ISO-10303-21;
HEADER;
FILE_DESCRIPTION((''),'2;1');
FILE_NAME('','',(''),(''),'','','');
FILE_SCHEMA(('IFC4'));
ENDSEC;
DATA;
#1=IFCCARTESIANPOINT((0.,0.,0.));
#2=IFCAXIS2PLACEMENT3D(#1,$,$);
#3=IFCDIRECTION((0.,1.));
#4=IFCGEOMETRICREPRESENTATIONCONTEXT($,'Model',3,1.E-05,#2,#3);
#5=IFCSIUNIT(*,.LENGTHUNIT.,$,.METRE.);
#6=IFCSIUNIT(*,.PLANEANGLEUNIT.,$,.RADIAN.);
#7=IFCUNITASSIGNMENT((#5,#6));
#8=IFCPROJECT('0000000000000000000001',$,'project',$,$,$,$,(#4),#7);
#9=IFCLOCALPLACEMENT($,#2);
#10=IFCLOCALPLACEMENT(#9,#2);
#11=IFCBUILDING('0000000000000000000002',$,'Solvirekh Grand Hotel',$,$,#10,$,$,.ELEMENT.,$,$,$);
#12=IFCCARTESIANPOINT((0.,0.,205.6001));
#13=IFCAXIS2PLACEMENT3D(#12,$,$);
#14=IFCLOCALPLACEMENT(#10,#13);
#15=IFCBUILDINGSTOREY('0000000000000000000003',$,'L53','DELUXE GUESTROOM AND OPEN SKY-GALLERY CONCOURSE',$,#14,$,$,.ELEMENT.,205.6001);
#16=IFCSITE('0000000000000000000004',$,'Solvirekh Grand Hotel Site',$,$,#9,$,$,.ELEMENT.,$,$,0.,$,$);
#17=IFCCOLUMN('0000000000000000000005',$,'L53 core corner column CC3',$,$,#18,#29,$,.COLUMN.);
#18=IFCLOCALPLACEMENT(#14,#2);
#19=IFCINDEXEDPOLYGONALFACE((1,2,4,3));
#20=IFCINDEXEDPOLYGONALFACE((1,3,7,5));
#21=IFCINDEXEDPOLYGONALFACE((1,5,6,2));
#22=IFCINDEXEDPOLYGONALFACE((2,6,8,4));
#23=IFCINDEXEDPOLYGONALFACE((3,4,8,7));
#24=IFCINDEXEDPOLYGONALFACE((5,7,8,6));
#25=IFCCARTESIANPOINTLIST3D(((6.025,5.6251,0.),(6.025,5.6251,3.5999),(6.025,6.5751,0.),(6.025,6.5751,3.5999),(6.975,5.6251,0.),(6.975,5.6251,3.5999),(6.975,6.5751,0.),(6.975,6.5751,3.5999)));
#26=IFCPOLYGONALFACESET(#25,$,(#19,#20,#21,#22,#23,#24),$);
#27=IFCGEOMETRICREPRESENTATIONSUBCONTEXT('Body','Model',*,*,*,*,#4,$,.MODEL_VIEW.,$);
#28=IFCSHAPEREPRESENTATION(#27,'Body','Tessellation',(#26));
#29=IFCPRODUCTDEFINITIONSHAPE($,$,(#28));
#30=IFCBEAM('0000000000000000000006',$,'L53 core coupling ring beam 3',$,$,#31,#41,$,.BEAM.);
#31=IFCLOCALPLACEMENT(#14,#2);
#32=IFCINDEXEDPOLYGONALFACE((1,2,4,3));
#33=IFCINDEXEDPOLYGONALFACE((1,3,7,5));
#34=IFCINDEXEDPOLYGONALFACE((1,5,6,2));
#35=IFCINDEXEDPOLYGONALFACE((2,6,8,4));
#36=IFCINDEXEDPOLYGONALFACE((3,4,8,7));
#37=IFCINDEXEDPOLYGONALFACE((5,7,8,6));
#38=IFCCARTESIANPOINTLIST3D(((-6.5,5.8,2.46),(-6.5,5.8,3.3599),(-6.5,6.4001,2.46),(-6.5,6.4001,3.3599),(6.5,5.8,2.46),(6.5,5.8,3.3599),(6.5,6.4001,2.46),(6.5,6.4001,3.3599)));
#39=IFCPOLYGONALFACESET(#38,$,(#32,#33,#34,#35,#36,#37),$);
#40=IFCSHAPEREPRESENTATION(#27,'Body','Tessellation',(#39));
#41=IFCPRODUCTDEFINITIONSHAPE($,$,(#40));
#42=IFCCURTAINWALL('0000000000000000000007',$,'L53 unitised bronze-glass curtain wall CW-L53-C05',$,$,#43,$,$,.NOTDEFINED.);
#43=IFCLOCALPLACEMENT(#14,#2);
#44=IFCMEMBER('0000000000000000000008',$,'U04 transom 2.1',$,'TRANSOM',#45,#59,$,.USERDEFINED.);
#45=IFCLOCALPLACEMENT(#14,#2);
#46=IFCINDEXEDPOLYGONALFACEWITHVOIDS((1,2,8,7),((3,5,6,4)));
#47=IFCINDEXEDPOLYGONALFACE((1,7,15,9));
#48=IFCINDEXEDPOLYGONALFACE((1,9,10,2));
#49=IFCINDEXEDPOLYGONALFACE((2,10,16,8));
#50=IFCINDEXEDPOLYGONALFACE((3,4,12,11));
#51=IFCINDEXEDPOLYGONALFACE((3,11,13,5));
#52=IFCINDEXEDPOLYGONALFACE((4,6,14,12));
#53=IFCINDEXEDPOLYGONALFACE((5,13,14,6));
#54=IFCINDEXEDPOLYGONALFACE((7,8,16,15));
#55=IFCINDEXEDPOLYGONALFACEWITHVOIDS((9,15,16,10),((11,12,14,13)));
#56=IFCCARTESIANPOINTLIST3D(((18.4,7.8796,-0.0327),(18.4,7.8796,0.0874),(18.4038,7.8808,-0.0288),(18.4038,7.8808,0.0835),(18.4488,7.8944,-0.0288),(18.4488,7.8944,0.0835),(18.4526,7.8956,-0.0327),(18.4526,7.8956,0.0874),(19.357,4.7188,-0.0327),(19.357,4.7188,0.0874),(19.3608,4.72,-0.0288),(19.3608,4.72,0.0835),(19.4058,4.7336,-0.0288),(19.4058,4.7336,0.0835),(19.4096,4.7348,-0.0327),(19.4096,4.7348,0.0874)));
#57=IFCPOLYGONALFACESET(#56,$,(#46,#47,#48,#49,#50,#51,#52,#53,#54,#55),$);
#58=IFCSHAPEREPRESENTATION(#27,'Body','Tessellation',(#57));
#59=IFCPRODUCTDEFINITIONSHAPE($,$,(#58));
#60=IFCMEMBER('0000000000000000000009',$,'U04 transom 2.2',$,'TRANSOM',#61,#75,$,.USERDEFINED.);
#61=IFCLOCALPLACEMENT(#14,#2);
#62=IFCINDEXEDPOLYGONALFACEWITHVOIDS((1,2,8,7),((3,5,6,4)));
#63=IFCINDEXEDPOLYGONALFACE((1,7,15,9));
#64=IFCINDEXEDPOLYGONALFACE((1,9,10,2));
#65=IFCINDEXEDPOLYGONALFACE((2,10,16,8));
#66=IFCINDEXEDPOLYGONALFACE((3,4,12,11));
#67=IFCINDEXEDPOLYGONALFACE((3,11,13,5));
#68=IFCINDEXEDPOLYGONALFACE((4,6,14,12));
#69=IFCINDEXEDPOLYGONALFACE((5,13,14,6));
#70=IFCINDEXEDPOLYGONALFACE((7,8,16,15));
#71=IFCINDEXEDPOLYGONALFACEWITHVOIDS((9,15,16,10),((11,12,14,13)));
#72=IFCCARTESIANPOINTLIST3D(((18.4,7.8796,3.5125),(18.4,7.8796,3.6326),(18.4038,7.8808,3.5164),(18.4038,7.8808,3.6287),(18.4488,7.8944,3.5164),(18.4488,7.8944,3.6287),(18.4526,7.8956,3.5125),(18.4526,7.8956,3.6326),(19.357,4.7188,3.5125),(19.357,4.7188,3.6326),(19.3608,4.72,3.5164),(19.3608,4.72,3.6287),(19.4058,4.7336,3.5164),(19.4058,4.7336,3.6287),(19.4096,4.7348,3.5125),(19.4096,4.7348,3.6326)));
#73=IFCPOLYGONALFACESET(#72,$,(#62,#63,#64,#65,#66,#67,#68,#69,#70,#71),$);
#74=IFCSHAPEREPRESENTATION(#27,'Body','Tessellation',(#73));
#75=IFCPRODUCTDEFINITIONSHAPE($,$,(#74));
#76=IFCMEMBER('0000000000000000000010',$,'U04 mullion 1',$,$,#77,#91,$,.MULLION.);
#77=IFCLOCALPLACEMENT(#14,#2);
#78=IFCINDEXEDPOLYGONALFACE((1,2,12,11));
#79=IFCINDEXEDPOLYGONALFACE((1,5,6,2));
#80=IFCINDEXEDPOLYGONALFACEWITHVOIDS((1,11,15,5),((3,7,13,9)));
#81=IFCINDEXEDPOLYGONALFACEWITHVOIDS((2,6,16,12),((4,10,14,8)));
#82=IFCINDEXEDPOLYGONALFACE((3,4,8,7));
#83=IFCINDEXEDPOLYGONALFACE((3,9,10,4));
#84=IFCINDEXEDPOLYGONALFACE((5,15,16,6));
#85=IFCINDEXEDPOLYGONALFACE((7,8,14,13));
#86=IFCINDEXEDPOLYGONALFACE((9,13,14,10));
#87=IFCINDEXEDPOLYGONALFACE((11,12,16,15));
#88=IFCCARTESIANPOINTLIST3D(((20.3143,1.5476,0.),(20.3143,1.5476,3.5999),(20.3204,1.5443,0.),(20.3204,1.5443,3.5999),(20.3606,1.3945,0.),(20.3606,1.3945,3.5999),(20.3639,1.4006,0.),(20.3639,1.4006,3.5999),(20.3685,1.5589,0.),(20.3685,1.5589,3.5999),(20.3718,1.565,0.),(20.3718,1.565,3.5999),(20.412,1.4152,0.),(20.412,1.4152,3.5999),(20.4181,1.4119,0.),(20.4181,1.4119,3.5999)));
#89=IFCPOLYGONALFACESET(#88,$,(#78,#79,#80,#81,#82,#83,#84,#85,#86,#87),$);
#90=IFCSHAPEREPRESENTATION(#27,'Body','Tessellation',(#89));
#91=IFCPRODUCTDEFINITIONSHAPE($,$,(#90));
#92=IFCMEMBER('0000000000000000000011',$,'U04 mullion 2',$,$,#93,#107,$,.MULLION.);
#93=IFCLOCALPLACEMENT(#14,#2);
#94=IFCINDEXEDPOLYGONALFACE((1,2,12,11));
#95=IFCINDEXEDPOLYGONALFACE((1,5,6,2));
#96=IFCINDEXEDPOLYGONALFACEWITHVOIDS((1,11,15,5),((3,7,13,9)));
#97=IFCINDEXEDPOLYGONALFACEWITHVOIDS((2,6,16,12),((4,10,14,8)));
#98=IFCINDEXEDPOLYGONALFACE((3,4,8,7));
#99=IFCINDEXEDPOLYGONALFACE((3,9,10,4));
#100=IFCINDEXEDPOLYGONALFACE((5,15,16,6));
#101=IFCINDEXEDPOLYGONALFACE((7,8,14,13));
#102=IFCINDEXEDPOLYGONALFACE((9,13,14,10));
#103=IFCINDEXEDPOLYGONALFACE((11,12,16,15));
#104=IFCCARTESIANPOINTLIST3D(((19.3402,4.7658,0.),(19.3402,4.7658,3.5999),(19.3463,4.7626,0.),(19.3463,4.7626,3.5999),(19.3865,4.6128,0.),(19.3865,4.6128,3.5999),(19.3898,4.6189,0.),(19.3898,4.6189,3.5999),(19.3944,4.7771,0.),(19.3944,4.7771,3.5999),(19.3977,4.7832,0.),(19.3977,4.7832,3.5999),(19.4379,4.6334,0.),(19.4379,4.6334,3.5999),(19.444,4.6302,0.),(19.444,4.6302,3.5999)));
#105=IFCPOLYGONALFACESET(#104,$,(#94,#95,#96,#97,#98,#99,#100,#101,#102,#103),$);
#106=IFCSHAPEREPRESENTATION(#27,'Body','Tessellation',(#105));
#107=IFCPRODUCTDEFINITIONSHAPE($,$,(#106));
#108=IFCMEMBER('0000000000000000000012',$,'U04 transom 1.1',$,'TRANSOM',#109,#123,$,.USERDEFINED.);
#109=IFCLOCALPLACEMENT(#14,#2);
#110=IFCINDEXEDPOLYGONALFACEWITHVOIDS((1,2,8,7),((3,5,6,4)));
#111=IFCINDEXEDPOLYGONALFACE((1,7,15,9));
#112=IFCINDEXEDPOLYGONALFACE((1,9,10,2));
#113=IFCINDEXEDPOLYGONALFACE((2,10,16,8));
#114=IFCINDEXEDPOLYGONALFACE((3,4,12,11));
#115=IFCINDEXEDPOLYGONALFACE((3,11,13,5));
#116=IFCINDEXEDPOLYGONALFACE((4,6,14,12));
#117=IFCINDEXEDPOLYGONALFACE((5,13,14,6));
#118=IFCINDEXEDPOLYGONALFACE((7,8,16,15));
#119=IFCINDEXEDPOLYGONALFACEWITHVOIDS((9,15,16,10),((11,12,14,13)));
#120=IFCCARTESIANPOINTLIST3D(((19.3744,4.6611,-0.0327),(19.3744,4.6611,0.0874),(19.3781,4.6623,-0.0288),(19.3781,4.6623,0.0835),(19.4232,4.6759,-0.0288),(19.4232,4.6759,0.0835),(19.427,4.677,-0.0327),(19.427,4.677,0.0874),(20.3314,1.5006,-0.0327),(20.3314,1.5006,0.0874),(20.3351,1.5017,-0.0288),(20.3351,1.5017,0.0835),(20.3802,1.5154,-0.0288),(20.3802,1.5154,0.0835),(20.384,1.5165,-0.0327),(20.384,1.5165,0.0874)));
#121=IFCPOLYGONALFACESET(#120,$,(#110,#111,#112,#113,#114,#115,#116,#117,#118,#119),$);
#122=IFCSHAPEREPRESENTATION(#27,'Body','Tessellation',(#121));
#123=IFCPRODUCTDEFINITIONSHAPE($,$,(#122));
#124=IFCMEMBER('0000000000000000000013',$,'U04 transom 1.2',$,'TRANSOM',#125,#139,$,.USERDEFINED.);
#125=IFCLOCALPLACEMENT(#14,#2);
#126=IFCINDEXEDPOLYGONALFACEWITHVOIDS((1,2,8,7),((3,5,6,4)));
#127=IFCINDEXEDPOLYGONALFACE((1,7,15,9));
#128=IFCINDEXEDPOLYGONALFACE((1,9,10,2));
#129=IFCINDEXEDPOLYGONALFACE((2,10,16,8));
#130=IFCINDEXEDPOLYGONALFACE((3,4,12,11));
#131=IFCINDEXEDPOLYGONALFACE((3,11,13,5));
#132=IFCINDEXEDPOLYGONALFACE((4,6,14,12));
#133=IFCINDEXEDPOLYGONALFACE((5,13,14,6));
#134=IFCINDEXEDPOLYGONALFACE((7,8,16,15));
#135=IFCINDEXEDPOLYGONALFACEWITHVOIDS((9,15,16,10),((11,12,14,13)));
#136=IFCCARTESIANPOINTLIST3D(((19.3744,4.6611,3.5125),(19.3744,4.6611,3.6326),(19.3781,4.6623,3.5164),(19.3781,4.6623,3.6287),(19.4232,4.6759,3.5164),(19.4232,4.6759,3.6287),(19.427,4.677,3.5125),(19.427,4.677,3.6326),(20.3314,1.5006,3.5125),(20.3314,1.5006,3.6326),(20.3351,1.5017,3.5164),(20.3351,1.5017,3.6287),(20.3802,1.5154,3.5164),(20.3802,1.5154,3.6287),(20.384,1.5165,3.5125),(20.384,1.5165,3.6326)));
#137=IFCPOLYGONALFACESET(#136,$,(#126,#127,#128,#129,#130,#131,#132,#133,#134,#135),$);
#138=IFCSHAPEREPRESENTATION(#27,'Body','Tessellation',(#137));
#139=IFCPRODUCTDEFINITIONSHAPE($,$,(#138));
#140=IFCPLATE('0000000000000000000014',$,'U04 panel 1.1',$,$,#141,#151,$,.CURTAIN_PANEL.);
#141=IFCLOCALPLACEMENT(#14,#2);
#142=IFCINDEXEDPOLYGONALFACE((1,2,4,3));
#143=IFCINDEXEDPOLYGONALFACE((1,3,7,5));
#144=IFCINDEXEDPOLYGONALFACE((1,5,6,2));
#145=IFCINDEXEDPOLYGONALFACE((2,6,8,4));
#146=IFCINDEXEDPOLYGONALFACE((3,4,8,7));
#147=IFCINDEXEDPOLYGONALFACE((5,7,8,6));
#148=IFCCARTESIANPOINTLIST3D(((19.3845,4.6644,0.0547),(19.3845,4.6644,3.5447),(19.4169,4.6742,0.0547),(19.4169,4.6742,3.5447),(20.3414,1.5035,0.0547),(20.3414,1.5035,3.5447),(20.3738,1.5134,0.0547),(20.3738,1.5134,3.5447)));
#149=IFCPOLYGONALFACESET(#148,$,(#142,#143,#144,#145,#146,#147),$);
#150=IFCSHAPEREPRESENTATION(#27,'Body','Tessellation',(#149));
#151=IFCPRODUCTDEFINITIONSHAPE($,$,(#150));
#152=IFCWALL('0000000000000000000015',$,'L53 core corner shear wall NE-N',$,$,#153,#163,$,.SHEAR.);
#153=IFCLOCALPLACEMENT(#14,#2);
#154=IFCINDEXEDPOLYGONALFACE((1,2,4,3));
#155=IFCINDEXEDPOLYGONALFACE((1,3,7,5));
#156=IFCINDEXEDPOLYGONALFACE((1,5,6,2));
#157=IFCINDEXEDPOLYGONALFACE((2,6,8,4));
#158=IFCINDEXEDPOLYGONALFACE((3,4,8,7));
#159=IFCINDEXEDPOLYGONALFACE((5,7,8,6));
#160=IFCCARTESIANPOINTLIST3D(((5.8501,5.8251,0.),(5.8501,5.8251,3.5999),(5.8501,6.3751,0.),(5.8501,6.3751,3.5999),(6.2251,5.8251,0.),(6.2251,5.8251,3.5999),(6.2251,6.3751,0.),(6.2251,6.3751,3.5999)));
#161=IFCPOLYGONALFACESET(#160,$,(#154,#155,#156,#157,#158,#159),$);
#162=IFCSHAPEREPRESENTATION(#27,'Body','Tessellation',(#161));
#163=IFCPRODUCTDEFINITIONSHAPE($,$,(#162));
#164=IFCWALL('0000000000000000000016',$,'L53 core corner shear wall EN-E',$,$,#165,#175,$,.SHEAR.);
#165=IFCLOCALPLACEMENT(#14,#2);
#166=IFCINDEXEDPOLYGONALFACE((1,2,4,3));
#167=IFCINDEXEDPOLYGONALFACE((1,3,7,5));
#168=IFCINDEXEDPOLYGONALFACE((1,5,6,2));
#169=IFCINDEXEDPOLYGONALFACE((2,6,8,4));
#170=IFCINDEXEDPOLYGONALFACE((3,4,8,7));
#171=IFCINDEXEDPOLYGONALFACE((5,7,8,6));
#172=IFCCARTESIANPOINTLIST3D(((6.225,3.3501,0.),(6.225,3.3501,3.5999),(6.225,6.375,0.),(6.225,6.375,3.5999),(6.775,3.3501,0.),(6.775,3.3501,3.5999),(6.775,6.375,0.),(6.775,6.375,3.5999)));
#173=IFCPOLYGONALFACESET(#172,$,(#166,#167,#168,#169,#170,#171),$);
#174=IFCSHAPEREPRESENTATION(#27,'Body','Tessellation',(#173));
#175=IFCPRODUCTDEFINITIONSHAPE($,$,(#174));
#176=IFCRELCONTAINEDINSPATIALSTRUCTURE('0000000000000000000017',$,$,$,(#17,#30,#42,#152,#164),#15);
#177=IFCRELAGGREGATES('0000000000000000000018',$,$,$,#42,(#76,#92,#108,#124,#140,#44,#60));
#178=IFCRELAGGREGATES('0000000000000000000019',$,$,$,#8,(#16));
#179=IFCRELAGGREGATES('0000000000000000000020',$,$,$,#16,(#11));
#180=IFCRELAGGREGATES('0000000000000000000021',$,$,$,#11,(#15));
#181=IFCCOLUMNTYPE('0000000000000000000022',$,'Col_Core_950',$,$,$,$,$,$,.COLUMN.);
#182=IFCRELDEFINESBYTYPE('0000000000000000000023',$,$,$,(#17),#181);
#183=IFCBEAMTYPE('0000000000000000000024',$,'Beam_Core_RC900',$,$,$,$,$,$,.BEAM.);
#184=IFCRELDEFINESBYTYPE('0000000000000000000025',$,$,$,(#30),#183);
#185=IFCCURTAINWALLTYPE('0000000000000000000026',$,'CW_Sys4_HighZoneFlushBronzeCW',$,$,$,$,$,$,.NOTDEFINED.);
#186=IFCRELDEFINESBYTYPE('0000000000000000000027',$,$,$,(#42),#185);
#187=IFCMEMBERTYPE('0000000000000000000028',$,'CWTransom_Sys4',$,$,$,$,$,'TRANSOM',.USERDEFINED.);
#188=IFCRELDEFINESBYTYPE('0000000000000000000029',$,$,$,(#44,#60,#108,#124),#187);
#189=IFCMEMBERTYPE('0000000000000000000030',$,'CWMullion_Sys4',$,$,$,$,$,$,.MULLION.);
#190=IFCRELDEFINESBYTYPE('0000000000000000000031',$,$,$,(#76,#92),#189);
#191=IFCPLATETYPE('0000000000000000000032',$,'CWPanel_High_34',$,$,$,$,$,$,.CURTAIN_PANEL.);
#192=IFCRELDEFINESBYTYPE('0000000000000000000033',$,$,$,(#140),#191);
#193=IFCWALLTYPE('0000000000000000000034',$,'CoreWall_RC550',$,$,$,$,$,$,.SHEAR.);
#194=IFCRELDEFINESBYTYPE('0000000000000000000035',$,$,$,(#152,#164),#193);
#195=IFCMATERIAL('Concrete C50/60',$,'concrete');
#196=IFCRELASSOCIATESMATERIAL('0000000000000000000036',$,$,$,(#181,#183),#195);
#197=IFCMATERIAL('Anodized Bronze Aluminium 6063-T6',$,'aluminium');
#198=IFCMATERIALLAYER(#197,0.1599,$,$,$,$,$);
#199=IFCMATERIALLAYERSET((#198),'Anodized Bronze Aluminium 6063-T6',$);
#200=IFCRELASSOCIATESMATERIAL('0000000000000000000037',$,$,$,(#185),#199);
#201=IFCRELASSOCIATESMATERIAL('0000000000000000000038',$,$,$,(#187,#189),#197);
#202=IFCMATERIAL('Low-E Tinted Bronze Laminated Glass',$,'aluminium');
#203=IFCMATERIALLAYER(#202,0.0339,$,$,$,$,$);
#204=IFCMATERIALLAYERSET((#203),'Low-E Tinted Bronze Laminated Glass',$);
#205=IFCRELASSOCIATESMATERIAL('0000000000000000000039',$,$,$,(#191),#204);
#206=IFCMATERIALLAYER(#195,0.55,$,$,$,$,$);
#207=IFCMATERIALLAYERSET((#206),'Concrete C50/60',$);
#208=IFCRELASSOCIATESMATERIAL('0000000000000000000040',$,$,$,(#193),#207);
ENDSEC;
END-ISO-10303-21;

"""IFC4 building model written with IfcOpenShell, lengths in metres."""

from ifc_helpers import new_model, si_unit, direction, frame, frame_2d, origin, origin_2d, place, context, subcontext, project, spatial, rectangle, hollow_rectangle, extrude, source, transform, mapped, material, layer, layer_set, material_profile, profile_set, type_object, element, aggregate, save


model = new_model("IFC4")

# Units and contexts
model_context = context("Model", 3, precision=1e-05, world=origin(), true_north=direction((0.0, 1.0)))
body_context = subcontext(model_context, "Body", "Model", "MODEL_VIEW")
ifc_project = project(units=[si_unit("LENGTHUNIT", "METRE"), si_unit("PLANEANGLEUNIT", "RADIAN")], contexts=[model_context])

# Site, building, storey
site_placement = place(None, origin())
site = spatial("IfcSite", under=ifc_project, at=site_placement, Name="Solvirekh Grand Hotel Site", CompositionType="ELEMENT", RefElevation=0.0)
building_placement = place(site_placement, origin())
building = spatial("IfcBuilding", under=site, at=building_placement, Name="Solvirekh Grand Hotel", CompositionType="ELEMENT")
storey_placement = place(building_placement, frame((0.0, 0.0, 205.6001)))
storey = spatial("IfcBuildingStorey", under=building, at=storey_placement, Name="L53", Description="DELUXE GUESTROOM AND OPEN SKY-GALLERY CONCOURSE", CompositionType="ELEMENT", Elevation=205.6001)

# Column
ifc_material_1 = material(Name="Concrete C50/60", Category="concrete")
ifc_material_profile_1 = material_profile(ifc_material_1, rectangle(XDim=0.95, YDim=0.95, at=origin_2d()), Name="RC 950X950")
ifc_profile_set_1 = profile_set([ifc_material_profile_1], Name="Concrete C50/60")
column_type = type_object("IfcColumnType", Name="Col_Core_950", PredefinedType="COLUMN", material=ifc_profile_set_1)
column_placement = place(storey_placement, frame((6.5, 6.1001, 0.0), z_axis=(0.0, 0.0, 1.0), x_axis=(1.0, 0.0, 0.0)))
element("IfcColumn", 1, at=column_placement, inside=storey, type_object=column_type, Name="L53 core corner column CC3", PredefinedType="COLUMN", context=body_context, shape_type="SweptSolid", body=[
    extrude(rectangle(XDim=0.95, YDim=0.95, at=origin_2d()), origin(), (0.0, 0.0, 1.0), 3.5999),
])

# Beam
ifc_material_profile_2 = material_profile(ifc_material_1, rectangle(XDim=0.6001, YDim=0.8999, at=origin_2d()), Name="RC BEAM 600X900")
ifc_profile_set_2 = profile_set([ifc_material_profile_2], Name="Concrete C50/60")
beam_type = type_object("IfcBeamType", Name="Beam_Core_RC900", PredefinedType="BEAM", material=ifc_profile_set_2)
beam_placement = place(storey_placement, frame((6.5, 6.1001, 2.9099), z_axis=(-1.0, 0.0, 0.0), x_axis=(0.0, -1.0, 0.0)))
element("IfcBeam", 2, at=beam_placement, inside=storey, type_object=beam_type, Name="L53 core coupling ring beam 3", PredefinedType="BEAM", context=body_context, shape_type="SweptSolid", body=[
    extrude(rectangle(XDim=0.6001, YDim=0.8999, at=origin_2d()), origin(), (0.0, 0.0, 1.0), 13.0),
])

# Curtain wall, members, plate
ifc_material_2 = material(Name="Anodized Bronze Aluminium 6063-T6", Category="aluminium")
ifc_layer_1 = layer(ifc_material_2, 0.1599)
ifc_layer_set_1 = layer_set([ifc_layer_1], Name="Anodized Bronze Aluminium 6063-T6")
curtain_wall_type = type_object("IfcCurtainWallType", Name="CW_Sys4_HighZoneFlushBronzeCW", PredefinedType="NOTDEFINED", material=ifc_layer_set_1)
curtain_wall_placement = place(storey_placement, origin())
curtain_wall = element("IfcCurtainWall", 3, at=curtain_wall_placement, inside=storey, type_object=curtain_wall_type, Name="L53 unitised bronze-glass curtain wall CW-L53-C05", PredefinedType="NOTDEFINED")
ifc_material_profile_3 = material_profile(ifc_material_2, hollow_rectangle(XDim=0.0549, YDim=0.1201, WallThickness=0.0039, at=origin_2d()), Name="ALU RHS 120X55X4")
ifc_profile_set_3 = profile_set([ifc_material_profile_3], Name="Anodized Bronze Aluminium 6063-T6")
member_type_1 = type_object("IfcMemberType", Name="CWTransom_Sys4", ElementType="TRANSOM", PredefinedType="USERDEFINED", material=ifc_profile_set_3)
shared_shape_1 = source(origin(), body_context, "Body", "SweptSolid", [
    extrude(hollow_rectangle(XDim=0.0549, YDim=0.1201, WallThickness=0.0039, at=origin_2d()), origin(), (0.0, 0.0, 1.0), 3.3025),
])
member_1_placement = place(storey_placement, frame((19.3833, 4.7268, 0.0273), z_axis=(-0.289782, 0.957093, 0.0), x_axis=(-0.957093, -0.289782, 0.0)))
member_1 = element("IfcMember", 4, at=member_1_placement, type_object=member_type_1, Name="U04 transom 2.1", ObjectType="TRANSOM", PredefinedType="USERDEFINED", context=body_context, shape_type="MappedRepresentation", body=[
    mapped(shared_shape_1, transform((0.0, 0.0, 0.0), x_axis=(1.0, 0.0, 0.0), y_axis=(0.0, 1.0, 0.0), z_axis=(0.0, 0.0, 1.0), scale=1.0)),
])
member_2_placement = place(storey_placement, frame((19.3833, 4.7268, 3.5725), z_axis=(-0.289782, 0.957093, 0.0), x_axis=(-0.957093, -0.289782, 0.0)))
member_2 = element("IfcMember", 5, at=member_2_placement, type_object=member_type_1, Name="U04 transom 2.2", ObjectType="TRANSOM", PredefinedType="USERDEFINED", context=body_context, shape_type="MappedRepresentation", body=[
    mapped(shared_shape_1, transform((0.0, 0.0, 0.0), x_axis=(1.0, 0.0, 0.0), y_axis=(0.0, 1.0, 0.0), z_axis=(0.0, 0.0, 1.0), scale=1.0)),
])
ifc_material_profile_4 = material_profile(ifc_material_2, hollow_rectangle(XDim=0.0601, YDim=0.1599, WallThickness=0.0049, at=origin_2d()), Name="ALU RHS 160X60X5")
ifc_profile_set_4 = profile_set([ifc_material_profile_4], Name="Anodized Bronze Aluminium 6063-T6")
member_type_2 = type_object("IfcMemberType", Name="CWMullion_Sys4", PredefinedType="MULLION", material=ifc_profile_set_4)
shared_shape_2 = source(origin(), body_context, "Body", "SweptSolid", [
    extrude(hollow_rectangle(XDim=0.0601, YDim=0.1599, WallThickness=0.0049, at=origin_2d()), origin(), (0.0, 0.0, 1.0), 3.5999),
])
member_3_placement = place(storey_placement, frame((20.3662, 1.4797, 0.0), z_axis=(0.0, 0.0, 1.0), x_axis=(-0.957101, -0.289754, 0.0)))
member_3 = element("IfcMember", 6, at=member_3_placement, type_object=member_type_2, Name="U04 mullion 1", PredefinedType="MULLION", context=body_context, shape_type="MappedRepresentation", body=[
    mapped(shared_shape_2, transform((0.0, 0.0, 0.0), x_axis=(1.0, 0.0, 0.0), y_axis=(0.0, 1.0, 0.0), z_axis=(0.0, 0.0, 1.0), scale=1.0)),
])
member_4_placement = place(storey_placement, frame((19.3921, 4.698, 0.0), z_axis=(0.0, 0.0, 1.0), x_axis=(-0.957101, -0.289754, 0.0)))
member_4 = element("IfcMember", 7, at=member_4_placement, type_object=member_type_2, Name="U04 mullion 2", PredefinedType="MULLION", context=body_context, shape_type="MappedRepresentation", body=[
    mapped(shared_shape_2, transform((0.0, 0.0, 0.0), x_axis=(1.0, 0.0, 0.0), y_axis=(0.0, 1.0, 0.0), z_axis=(0.0, 0.0, 1.0), scale=1.0)),
])
shared_shape_3 = source(origin(), body_context, "Body", "SweptSolid", [
    extrude(hollow_rectangle(XDim=0.0549, YDim=0.1201, WallThickness=0.0039, at=origin_2d()), origin(), (0.0, 0.0, 1.0), 3.3022),
])
member_5_placement = place(storey_placement, frame((20.3577, 1.5085, 0.0273), z_axis=(-0.289802, 0.957087, 0.0), x_axis=(-0.957087, -0.289802, 0.0)))
member_5 = element("IfcMember", 8, at=member_5_placement, type_object=member_type_1, Name="U04 transom 1.1", ObjectType="TRANSOM", PredefinedType="USERDEFINED", context=body_context, shape_type="MappedRepresentation", body=[
    mapped(shared_shape_3, transform((0.0, 0.0, 0.0), x_axis=(1.0, 0.0, 0.0), y_axis=(0.0, 1.0, 0.0), z_axis=(0.0, 0.0, 1.0), scale=1.0)),
])
member_6_placement = place(storey_placement, frame((20.3577, 1.5085, 3.5725), z_axis=(-0.289802, 0.957087, 0.0), x_axis=(-0.957087, -0.289802, 0.0)))
member_6 = element("IfcMember", 9, at=member_6_placement, type_object=member_type_1, Name="U04 transom 1.2", ObjectType="TRANSOM", PredefinedType="USERDEFINED", context=body_context, shape_type="MappedRepresentation", body=[
    mapped(shared_shape_3, transform((0.0, 0.0, 0.0), x_axis=(1.0, 0.0, 0.0), y_axis=(0.0, 1.0, 0.0), z_axis=(0.0, 0.0, 1.0), scale=1.0)),
])
ifc_material_3 = material(Name="Low-E Tinted Bronze Laminated Glass", Category="aluminium")
ifc_layer_2 = layer(ifc_material_3, 0.0339)
ifc_layer_set_2 = layer_set([ifc_layer_2], Name="Low-E Tinted Bronze Laminated Glass")
plate_type = type_object("IfcPlateType", Name="CWPanel_High_34", PredefinedType="CURTAIN_PANEL", material=ifc_layer_set_2)
shared_shape_4 = source(origin(), body_context, "Body", "SweptSolid", [
    extrude(rectangle(XDim=3.3025, YDim=0.0339, at=origin_2d()), origin(), (0.0, 0.0, 1.0), 3.49),
])
plate_placement = place(storey_placement, frame((19.8792, 3.0889, 0.0547), z_axis=(0.0, 0.0, 1.0), x_axis=(-0.289754, 0.957101, 0.0)))
plate = element("IfcPlate", 10, at=plate_placement, type_object=plate_type, Name="U04 panel 1.1", PredefinedType="CURTAIN_PANEL", context=body_context, shape_type="MappedRepresentation", body=[
    mapped(shared_shape_4, transform((0.0, 0.0, 0.0), x_axis=(1.0, 0.0, 0.0), y_axis=(0.0, 1.0, 0.0), z_axis=(0.0, 0.0, 1.0), scale=1.0)),
])
aggregate(curtain_wall, [member_3, member_4, member_5, member_6, plate, member_1, member_2])

# Walls
ifc_layer_3 = layer(ifc_material_1, 0.55)
ifc_layer_set_3 = layer_set([ifc_layer_3], Name="Concrete C50/60")
wall_type_1 = type_object("IfcWallType", Name="CoreWall_RC550", PredefinedType="SHEAR", material=ifc_layer_set_3)
wall_1_placement = place(storey_placement, frame((5.8501, 6.1001, 0.0), z_axis=(0.0, 0.0, 1.0), x_axis=(1.0, 0.0, 0.0)))
element("IfcWall", 11, at=wall_1_placement, inside=storey, type_object=wall_type_1, Name="L53 core corner shear wall NE-N", PredefinedType="SHEAR", context=body_context, shape_type="SweptSolid", body=[
    extrude(rectangle(XDim=0.375, YDim=0.55, at=frame_2d((0.1875, 0.0))), origin(), (0.0, 0.0, 1.0), 3.5999),
])
wall_2_placement = place(storey_placement, frame((6.5, 3.3501, 0.0), z_axis=(0.0, 0.0, 1.0), x_axis=(0.0, 1.0, 0.0)))
element("IfcWall", 12, at=wall_2_placement, inside=storey, type_object=wall_type_1, Name="L53 core corner shear wall EN-E", PredefinedType="SHEAR", context=body_context, shape_type="SweptSolid", body=[
    extrude(rectangle(XDim=3.0249, YDim=0.55, at=frame_2d((1.5125, 0.0))), origin(), (0.0, 0.0, 1.0), 3.5999),
])

save(model, "model.ifc")
